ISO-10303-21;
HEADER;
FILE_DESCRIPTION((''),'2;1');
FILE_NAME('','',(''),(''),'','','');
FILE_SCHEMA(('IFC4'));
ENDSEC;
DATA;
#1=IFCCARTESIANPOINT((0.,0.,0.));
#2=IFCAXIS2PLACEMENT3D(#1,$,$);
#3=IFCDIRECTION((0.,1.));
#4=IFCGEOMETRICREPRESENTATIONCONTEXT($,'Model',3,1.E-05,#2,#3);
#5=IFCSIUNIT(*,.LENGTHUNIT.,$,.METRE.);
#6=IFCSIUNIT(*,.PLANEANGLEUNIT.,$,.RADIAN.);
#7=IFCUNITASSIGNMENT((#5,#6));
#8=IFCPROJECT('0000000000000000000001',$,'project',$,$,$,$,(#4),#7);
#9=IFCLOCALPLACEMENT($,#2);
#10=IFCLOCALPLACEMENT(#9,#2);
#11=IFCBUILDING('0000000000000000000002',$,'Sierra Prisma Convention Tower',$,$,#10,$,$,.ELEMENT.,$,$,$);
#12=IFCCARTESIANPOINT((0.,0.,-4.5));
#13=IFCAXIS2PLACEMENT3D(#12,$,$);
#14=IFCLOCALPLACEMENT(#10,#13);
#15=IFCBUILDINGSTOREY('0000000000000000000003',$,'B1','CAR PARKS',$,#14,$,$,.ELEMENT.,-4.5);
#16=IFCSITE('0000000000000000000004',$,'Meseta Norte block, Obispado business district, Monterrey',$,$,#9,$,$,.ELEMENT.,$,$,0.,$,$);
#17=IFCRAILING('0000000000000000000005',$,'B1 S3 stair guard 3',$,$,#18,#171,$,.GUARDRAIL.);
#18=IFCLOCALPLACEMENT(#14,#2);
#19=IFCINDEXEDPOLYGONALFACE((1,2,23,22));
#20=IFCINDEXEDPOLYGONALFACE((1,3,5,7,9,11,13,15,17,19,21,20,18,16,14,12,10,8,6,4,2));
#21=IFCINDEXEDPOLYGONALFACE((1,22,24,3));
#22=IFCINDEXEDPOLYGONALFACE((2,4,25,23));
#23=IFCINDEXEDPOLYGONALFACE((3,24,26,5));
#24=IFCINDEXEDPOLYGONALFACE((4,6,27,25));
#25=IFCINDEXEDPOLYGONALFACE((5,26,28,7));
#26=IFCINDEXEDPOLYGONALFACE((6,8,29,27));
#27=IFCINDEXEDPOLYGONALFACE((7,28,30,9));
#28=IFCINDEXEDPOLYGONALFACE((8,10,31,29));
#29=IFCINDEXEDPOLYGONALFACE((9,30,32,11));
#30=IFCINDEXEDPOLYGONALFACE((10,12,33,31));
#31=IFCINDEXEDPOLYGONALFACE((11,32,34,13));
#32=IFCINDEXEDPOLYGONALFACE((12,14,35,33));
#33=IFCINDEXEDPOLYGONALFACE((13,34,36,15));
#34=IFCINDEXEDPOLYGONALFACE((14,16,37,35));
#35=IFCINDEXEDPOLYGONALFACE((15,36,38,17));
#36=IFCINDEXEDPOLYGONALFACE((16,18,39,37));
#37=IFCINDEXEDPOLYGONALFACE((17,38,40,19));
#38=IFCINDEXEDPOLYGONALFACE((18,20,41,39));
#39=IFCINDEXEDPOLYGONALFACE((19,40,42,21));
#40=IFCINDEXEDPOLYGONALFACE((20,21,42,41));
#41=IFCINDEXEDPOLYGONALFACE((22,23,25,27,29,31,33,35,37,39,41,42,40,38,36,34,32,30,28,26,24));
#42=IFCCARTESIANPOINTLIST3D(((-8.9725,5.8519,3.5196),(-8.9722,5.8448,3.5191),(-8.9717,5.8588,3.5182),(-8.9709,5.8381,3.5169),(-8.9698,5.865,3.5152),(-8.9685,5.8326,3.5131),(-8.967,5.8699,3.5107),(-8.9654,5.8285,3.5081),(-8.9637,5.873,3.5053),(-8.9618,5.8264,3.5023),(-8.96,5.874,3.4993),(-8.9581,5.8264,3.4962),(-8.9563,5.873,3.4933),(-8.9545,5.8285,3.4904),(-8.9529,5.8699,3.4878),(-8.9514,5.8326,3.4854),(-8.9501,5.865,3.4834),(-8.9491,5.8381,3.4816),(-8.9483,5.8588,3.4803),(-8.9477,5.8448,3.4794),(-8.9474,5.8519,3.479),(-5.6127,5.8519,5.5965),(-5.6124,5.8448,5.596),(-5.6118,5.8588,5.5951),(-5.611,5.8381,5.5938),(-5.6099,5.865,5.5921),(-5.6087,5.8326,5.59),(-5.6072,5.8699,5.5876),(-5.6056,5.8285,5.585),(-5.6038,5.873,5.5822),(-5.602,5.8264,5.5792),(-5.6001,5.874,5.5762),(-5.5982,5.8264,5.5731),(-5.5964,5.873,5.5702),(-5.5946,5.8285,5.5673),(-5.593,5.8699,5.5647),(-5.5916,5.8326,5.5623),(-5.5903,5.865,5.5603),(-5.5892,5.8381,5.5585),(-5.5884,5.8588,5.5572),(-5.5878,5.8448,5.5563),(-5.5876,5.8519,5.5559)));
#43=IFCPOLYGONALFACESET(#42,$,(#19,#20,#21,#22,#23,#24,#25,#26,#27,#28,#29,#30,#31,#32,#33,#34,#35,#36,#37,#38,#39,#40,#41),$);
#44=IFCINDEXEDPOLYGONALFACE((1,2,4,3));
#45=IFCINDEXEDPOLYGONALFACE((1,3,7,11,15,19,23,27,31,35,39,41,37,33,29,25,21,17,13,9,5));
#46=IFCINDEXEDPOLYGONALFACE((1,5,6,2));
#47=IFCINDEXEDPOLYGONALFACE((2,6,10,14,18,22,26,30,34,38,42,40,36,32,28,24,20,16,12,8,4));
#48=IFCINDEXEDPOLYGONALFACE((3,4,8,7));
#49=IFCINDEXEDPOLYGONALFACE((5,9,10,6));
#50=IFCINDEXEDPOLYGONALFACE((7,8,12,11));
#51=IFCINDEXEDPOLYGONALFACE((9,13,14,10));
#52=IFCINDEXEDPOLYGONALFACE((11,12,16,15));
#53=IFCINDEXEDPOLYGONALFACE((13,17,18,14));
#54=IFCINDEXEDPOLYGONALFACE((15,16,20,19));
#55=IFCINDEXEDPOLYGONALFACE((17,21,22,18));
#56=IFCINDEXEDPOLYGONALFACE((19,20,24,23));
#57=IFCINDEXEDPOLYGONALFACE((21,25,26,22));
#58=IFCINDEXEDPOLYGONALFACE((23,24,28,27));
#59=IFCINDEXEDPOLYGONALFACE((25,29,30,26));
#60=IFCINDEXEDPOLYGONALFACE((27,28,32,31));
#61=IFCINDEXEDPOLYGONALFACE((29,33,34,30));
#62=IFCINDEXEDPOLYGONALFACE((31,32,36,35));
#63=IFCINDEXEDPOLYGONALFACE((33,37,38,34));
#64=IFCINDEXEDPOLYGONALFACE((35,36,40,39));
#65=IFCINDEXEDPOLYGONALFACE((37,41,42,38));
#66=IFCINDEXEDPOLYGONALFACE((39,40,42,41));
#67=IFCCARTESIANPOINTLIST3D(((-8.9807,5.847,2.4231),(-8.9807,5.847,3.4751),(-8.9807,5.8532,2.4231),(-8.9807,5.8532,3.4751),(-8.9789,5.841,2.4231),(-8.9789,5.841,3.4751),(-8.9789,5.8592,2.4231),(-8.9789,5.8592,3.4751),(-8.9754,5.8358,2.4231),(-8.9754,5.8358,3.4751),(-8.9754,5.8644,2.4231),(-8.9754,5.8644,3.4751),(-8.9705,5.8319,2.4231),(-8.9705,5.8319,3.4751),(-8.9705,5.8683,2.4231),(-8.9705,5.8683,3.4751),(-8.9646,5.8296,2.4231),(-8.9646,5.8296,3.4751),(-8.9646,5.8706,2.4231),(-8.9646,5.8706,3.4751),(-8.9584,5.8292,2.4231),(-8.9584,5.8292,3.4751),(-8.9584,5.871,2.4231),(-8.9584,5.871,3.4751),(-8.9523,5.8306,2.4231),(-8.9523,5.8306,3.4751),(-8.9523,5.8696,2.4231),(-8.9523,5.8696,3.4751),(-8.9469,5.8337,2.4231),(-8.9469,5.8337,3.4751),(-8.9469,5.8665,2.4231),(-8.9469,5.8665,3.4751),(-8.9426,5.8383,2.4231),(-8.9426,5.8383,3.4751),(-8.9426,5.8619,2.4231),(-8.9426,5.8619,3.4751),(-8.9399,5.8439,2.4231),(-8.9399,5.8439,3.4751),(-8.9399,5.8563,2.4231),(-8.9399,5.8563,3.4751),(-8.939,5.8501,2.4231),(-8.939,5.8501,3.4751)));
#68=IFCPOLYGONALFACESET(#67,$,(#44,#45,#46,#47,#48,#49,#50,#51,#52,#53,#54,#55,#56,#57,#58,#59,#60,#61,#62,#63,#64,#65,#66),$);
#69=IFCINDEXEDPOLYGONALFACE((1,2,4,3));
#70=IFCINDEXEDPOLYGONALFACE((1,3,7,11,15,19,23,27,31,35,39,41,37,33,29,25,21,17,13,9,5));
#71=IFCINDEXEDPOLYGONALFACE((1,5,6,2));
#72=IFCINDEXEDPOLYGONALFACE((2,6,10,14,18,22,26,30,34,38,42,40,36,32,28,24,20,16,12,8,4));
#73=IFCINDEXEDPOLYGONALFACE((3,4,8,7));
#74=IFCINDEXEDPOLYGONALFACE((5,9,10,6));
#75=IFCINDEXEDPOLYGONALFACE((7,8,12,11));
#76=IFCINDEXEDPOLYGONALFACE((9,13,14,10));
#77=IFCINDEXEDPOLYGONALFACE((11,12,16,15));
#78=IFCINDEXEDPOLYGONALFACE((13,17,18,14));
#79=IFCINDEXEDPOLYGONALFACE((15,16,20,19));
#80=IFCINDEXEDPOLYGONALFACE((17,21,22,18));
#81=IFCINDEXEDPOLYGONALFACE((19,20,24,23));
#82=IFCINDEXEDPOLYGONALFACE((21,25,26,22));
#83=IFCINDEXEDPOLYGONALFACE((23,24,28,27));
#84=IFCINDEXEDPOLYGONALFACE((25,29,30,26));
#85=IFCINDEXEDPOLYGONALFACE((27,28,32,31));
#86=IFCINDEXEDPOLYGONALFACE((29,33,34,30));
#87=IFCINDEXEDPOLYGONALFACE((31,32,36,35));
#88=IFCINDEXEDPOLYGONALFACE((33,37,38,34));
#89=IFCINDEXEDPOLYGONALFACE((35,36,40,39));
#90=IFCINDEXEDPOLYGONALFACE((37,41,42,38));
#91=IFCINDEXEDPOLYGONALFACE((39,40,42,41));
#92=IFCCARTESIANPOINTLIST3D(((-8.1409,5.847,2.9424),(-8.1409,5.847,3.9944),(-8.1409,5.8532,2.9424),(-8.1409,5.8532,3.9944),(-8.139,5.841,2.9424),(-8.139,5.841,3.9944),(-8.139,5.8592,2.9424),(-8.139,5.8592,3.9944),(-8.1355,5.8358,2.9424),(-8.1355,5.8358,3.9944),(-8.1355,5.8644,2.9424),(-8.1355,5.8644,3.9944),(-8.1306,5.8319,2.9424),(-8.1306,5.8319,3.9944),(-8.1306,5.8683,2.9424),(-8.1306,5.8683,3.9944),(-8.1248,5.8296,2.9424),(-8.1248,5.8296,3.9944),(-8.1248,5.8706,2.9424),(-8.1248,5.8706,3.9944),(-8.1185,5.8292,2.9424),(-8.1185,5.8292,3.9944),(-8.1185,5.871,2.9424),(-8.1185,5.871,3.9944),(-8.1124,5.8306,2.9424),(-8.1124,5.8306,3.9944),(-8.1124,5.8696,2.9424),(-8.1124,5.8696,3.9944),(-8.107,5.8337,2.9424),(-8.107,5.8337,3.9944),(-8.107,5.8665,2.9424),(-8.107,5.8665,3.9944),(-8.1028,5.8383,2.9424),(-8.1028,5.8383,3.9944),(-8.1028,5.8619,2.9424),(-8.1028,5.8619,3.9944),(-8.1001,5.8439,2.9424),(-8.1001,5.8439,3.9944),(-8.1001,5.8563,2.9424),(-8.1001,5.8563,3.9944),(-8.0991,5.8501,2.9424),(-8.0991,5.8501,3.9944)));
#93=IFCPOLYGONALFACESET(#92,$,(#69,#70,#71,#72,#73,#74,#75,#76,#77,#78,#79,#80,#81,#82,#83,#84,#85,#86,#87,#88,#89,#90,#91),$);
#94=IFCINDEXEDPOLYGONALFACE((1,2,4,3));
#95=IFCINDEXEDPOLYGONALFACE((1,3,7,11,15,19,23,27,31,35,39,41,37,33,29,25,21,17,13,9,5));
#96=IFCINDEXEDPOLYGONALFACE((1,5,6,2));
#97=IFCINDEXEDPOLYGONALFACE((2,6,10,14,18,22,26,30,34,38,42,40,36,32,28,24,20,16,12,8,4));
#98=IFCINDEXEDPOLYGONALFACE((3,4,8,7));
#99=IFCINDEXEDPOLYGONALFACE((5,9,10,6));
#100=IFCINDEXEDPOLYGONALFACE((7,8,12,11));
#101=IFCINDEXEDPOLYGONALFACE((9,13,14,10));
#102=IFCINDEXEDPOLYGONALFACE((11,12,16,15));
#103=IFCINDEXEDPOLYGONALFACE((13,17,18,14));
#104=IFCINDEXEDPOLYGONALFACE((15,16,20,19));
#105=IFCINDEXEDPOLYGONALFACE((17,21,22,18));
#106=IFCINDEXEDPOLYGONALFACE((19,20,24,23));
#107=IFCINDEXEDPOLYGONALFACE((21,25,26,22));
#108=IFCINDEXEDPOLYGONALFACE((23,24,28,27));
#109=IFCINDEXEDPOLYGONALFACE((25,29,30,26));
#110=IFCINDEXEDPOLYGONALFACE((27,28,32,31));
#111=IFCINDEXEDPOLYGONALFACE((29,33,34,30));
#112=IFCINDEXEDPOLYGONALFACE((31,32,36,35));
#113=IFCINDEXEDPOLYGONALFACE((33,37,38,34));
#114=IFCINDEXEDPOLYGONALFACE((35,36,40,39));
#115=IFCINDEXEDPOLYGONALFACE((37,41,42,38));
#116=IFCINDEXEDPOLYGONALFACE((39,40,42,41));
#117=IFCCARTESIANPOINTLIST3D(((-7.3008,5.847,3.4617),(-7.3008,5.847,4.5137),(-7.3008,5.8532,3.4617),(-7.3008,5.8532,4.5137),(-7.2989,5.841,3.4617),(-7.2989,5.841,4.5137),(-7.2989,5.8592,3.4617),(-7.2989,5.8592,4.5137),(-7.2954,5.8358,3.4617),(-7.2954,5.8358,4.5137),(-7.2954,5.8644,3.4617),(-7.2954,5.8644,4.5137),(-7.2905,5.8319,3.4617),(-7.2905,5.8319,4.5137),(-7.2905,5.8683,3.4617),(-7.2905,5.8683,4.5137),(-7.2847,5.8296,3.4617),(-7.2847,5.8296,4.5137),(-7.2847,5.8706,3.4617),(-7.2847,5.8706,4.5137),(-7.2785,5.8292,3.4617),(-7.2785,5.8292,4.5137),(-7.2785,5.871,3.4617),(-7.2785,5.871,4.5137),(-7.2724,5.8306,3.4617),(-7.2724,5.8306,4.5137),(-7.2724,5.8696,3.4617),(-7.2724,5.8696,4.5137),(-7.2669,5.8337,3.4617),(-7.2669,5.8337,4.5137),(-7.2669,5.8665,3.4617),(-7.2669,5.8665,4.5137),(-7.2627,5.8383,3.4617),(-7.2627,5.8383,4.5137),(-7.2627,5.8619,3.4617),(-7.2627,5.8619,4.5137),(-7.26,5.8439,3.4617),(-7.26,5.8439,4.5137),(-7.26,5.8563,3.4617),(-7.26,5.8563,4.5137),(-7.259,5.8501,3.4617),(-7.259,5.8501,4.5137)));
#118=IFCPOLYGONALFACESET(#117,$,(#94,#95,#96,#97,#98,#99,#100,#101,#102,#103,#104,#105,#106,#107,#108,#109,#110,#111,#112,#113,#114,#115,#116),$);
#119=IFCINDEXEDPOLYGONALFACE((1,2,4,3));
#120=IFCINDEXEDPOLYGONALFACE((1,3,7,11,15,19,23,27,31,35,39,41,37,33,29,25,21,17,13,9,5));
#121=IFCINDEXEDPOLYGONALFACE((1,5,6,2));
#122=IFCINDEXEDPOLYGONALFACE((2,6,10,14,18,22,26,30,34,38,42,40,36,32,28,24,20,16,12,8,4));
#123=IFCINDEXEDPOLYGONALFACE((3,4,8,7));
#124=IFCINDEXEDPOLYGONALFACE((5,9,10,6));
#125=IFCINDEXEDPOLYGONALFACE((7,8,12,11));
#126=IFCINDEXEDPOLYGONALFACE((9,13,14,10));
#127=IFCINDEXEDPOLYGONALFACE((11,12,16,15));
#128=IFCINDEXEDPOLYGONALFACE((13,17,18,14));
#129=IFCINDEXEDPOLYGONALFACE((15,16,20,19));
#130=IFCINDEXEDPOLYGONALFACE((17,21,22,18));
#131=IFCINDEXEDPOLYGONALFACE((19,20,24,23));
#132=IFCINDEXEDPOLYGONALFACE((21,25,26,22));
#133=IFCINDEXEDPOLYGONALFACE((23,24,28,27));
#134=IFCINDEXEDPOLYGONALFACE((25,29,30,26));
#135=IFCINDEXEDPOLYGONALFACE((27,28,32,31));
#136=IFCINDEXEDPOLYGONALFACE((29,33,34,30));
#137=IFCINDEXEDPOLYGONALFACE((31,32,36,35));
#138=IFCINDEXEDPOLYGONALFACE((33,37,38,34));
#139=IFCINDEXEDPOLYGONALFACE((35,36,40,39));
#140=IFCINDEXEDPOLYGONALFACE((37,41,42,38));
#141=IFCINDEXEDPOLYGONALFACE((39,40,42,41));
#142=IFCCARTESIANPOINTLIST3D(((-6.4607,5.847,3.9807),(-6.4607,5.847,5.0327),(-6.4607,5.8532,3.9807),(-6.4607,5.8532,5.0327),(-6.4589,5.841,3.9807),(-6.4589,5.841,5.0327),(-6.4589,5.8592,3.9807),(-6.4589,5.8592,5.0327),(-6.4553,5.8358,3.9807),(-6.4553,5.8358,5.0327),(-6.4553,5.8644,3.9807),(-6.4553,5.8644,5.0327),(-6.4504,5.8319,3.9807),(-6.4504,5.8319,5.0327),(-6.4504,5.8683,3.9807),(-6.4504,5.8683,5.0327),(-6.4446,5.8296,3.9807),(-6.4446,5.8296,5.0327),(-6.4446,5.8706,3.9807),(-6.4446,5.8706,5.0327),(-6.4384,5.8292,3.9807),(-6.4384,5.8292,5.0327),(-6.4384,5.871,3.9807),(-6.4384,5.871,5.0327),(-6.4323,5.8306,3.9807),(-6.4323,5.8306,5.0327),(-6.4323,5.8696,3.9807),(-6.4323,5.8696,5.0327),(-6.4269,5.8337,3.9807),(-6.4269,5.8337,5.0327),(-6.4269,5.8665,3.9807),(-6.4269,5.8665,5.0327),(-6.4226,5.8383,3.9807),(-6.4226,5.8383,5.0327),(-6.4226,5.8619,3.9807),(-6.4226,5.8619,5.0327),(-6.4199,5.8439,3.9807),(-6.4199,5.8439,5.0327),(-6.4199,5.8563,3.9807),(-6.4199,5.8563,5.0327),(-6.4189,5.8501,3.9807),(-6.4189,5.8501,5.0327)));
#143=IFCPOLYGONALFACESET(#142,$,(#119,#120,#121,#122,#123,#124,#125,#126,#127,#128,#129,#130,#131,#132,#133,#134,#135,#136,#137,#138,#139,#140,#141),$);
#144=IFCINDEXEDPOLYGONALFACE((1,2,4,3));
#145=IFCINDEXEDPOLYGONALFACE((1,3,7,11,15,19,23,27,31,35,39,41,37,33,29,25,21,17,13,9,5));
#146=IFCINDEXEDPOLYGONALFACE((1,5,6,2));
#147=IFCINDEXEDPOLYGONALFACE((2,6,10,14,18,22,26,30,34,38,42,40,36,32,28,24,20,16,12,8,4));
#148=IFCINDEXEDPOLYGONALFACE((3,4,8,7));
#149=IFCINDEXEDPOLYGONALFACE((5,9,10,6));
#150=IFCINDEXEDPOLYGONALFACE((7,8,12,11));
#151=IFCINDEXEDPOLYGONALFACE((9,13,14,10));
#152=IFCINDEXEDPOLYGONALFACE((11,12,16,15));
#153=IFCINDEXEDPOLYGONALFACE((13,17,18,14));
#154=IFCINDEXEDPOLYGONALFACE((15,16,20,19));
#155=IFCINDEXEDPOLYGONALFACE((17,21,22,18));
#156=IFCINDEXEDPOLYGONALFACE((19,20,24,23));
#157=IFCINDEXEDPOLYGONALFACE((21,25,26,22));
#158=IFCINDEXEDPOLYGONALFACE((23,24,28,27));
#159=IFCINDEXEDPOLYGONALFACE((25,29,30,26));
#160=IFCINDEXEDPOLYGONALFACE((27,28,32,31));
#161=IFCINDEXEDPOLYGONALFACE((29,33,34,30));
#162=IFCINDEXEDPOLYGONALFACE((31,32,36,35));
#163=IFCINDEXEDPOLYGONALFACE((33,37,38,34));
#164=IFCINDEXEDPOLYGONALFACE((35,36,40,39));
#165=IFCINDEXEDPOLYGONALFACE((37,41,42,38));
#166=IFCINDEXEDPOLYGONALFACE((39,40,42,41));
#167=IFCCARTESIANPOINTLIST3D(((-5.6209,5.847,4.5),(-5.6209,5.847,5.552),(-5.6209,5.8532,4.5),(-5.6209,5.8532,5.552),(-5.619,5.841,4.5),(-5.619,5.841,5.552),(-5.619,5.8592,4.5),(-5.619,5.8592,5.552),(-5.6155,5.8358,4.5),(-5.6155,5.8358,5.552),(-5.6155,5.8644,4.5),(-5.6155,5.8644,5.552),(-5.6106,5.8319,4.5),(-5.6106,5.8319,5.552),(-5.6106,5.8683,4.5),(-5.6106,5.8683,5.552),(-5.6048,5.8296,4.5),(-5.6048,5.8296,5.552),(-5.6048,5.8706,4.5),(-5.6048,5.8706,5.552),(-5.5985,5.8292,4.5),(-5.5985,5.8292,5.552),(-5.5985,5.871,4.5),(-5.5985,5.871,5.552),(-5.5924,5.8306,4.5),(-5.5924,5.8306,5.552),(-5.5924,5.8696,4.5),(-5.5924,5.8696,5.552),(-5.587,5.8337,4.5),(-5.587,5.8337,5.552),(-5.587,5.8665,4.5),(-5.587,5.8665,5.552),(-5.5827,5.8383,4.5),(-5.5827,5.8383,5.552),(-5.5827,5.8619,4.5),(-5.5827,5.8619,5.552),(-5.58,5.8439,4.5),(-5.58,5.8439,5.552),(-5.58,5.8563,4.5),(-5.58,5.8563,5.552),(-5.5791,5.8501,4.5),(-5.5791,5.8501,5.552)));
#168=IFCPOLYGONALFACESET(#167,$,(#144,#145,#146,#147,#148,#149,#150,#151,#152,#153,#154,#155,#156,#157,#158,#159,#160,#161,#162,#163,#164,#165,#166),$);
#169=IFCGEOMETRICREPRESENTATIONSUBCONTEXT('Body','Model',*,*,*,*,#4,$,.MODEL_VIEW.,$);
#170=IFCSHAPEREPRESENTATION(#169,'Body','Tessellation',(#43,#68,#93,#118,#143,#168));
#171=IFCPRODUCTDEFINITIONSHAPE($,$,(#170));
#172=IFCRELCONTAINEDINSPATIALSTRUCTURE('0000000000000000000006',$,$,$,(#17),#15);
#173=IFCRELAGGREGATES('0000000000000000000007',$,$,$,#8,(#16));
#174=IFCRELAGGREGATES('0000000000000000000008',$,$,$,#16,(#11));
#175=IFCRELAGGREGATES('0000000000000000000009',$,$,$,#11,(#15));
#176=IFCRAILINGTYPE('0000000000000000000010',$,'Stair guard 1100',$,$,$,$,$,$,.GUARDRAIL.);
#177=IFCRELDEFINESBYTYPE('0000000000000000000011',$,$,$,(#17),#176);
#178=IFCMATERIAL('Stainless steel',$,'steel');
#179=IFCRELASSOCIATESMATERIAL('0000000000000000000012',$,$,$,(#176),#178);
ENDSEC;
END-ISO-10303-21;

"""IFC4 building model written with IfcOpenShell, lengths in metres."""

from ifc_helpers import new_model, si_unit, direction, frame, origin, origin_2d, place, context, subcontext, project, spatial, circle, extrude, material, type_object, element, save


model = new_model("IFC4")

# Units and contexts
model_context = context("Model", 3, precision=1e-05, world=origin(), true_north=direction((0.0, 1.0)))
body_context = subcontext(model_context, "Body", "Model", "MODEL_VIEW")
ifc_project = project(units=[si_unit("LENGTHUNIT", "METRE"), si_unit("PLANEANGLEUNIT", "RADIAN")], contexts=[model_context])

# Site, building, storey
site_placement = place(None, origin())
site = spatial("IfcSite", under=ifc_project, at=site_placement, Name="Meseta Norte block, Obispado business district, Monterrey", CompositionType="ELEMENT", RefElevation=0.0)
building_placement = place(site_placement, origin())
building = spatial("IfcBuilding", under=site, at=building_placement, Name="Sierra Prisma Convention Tower", CompositionType="ELEMENT")
storey_placement = place(building_placement, frame((0.0, 0.0, -4.5)))
storey = spatial("IfcBuildingStorey", under=building, at=storey_placement, Name="B1", Description="CAR PARKS", CompositionType="ELEMENT", Elevation=-4.5)

# Railing
ifc_material_1 = material(Name="Stainless steel", Category="steel")
railing_type_1 = type_object("IfcRailingType", Name="Stair guard 1100", PredefinedType="GUARDRAIL", material=ifc_material_1)
railing_1_placement = place(storey_placement, frame((-8.96, 5.8501, 2.4231)))
element("IfcRailing", 1, at=railing_1_placement, inside=storey, type_object=railing_type_1, Name="B1 S3 stair guard 3", PredefinedType="GUARDRAIL", context=body_context, shape_type="SweptSolid", body=[
    extrude(circle(Radius=0.0239, at=origin_2d()), frame((0.0, 0.0, 1.0762), z_axis=(0.850606, 0.0, 0.525803), x_axis=(0.0, 1.0, 0.0)), (0.0, 0.0, 1.0), 3.95),
    extrude(circle(Radius=0.021, at=origin_2d()), origin(), (0.0, 0.0, 1.0), 1.052),
    extrude(circle(Radius=0.021, at=origin_2d()), frame((0.8398, 0.0, 0.5193)), (0.0, 0.0, 1.0), 1.052),
    extrude(circle(Radius=0.021, at=origin_2d()), frame((1.6799, 0.0, 1.0386)), (0.0, 0.0, 1.0), 1.052),
    extrude(circle(Radius=0.021, at=origin_2d()), frame((2.52, 0.0, 1.5576)), (0.0, 0.0, 1.0), 1.052),
    extrude(circle(Radius=0.021, at=origin_2d()), frame((3.3599, 0.0, 2.0769)), (0.0, 0.0, 1.0), 1.052),
])

save(model, "model.ifc")
